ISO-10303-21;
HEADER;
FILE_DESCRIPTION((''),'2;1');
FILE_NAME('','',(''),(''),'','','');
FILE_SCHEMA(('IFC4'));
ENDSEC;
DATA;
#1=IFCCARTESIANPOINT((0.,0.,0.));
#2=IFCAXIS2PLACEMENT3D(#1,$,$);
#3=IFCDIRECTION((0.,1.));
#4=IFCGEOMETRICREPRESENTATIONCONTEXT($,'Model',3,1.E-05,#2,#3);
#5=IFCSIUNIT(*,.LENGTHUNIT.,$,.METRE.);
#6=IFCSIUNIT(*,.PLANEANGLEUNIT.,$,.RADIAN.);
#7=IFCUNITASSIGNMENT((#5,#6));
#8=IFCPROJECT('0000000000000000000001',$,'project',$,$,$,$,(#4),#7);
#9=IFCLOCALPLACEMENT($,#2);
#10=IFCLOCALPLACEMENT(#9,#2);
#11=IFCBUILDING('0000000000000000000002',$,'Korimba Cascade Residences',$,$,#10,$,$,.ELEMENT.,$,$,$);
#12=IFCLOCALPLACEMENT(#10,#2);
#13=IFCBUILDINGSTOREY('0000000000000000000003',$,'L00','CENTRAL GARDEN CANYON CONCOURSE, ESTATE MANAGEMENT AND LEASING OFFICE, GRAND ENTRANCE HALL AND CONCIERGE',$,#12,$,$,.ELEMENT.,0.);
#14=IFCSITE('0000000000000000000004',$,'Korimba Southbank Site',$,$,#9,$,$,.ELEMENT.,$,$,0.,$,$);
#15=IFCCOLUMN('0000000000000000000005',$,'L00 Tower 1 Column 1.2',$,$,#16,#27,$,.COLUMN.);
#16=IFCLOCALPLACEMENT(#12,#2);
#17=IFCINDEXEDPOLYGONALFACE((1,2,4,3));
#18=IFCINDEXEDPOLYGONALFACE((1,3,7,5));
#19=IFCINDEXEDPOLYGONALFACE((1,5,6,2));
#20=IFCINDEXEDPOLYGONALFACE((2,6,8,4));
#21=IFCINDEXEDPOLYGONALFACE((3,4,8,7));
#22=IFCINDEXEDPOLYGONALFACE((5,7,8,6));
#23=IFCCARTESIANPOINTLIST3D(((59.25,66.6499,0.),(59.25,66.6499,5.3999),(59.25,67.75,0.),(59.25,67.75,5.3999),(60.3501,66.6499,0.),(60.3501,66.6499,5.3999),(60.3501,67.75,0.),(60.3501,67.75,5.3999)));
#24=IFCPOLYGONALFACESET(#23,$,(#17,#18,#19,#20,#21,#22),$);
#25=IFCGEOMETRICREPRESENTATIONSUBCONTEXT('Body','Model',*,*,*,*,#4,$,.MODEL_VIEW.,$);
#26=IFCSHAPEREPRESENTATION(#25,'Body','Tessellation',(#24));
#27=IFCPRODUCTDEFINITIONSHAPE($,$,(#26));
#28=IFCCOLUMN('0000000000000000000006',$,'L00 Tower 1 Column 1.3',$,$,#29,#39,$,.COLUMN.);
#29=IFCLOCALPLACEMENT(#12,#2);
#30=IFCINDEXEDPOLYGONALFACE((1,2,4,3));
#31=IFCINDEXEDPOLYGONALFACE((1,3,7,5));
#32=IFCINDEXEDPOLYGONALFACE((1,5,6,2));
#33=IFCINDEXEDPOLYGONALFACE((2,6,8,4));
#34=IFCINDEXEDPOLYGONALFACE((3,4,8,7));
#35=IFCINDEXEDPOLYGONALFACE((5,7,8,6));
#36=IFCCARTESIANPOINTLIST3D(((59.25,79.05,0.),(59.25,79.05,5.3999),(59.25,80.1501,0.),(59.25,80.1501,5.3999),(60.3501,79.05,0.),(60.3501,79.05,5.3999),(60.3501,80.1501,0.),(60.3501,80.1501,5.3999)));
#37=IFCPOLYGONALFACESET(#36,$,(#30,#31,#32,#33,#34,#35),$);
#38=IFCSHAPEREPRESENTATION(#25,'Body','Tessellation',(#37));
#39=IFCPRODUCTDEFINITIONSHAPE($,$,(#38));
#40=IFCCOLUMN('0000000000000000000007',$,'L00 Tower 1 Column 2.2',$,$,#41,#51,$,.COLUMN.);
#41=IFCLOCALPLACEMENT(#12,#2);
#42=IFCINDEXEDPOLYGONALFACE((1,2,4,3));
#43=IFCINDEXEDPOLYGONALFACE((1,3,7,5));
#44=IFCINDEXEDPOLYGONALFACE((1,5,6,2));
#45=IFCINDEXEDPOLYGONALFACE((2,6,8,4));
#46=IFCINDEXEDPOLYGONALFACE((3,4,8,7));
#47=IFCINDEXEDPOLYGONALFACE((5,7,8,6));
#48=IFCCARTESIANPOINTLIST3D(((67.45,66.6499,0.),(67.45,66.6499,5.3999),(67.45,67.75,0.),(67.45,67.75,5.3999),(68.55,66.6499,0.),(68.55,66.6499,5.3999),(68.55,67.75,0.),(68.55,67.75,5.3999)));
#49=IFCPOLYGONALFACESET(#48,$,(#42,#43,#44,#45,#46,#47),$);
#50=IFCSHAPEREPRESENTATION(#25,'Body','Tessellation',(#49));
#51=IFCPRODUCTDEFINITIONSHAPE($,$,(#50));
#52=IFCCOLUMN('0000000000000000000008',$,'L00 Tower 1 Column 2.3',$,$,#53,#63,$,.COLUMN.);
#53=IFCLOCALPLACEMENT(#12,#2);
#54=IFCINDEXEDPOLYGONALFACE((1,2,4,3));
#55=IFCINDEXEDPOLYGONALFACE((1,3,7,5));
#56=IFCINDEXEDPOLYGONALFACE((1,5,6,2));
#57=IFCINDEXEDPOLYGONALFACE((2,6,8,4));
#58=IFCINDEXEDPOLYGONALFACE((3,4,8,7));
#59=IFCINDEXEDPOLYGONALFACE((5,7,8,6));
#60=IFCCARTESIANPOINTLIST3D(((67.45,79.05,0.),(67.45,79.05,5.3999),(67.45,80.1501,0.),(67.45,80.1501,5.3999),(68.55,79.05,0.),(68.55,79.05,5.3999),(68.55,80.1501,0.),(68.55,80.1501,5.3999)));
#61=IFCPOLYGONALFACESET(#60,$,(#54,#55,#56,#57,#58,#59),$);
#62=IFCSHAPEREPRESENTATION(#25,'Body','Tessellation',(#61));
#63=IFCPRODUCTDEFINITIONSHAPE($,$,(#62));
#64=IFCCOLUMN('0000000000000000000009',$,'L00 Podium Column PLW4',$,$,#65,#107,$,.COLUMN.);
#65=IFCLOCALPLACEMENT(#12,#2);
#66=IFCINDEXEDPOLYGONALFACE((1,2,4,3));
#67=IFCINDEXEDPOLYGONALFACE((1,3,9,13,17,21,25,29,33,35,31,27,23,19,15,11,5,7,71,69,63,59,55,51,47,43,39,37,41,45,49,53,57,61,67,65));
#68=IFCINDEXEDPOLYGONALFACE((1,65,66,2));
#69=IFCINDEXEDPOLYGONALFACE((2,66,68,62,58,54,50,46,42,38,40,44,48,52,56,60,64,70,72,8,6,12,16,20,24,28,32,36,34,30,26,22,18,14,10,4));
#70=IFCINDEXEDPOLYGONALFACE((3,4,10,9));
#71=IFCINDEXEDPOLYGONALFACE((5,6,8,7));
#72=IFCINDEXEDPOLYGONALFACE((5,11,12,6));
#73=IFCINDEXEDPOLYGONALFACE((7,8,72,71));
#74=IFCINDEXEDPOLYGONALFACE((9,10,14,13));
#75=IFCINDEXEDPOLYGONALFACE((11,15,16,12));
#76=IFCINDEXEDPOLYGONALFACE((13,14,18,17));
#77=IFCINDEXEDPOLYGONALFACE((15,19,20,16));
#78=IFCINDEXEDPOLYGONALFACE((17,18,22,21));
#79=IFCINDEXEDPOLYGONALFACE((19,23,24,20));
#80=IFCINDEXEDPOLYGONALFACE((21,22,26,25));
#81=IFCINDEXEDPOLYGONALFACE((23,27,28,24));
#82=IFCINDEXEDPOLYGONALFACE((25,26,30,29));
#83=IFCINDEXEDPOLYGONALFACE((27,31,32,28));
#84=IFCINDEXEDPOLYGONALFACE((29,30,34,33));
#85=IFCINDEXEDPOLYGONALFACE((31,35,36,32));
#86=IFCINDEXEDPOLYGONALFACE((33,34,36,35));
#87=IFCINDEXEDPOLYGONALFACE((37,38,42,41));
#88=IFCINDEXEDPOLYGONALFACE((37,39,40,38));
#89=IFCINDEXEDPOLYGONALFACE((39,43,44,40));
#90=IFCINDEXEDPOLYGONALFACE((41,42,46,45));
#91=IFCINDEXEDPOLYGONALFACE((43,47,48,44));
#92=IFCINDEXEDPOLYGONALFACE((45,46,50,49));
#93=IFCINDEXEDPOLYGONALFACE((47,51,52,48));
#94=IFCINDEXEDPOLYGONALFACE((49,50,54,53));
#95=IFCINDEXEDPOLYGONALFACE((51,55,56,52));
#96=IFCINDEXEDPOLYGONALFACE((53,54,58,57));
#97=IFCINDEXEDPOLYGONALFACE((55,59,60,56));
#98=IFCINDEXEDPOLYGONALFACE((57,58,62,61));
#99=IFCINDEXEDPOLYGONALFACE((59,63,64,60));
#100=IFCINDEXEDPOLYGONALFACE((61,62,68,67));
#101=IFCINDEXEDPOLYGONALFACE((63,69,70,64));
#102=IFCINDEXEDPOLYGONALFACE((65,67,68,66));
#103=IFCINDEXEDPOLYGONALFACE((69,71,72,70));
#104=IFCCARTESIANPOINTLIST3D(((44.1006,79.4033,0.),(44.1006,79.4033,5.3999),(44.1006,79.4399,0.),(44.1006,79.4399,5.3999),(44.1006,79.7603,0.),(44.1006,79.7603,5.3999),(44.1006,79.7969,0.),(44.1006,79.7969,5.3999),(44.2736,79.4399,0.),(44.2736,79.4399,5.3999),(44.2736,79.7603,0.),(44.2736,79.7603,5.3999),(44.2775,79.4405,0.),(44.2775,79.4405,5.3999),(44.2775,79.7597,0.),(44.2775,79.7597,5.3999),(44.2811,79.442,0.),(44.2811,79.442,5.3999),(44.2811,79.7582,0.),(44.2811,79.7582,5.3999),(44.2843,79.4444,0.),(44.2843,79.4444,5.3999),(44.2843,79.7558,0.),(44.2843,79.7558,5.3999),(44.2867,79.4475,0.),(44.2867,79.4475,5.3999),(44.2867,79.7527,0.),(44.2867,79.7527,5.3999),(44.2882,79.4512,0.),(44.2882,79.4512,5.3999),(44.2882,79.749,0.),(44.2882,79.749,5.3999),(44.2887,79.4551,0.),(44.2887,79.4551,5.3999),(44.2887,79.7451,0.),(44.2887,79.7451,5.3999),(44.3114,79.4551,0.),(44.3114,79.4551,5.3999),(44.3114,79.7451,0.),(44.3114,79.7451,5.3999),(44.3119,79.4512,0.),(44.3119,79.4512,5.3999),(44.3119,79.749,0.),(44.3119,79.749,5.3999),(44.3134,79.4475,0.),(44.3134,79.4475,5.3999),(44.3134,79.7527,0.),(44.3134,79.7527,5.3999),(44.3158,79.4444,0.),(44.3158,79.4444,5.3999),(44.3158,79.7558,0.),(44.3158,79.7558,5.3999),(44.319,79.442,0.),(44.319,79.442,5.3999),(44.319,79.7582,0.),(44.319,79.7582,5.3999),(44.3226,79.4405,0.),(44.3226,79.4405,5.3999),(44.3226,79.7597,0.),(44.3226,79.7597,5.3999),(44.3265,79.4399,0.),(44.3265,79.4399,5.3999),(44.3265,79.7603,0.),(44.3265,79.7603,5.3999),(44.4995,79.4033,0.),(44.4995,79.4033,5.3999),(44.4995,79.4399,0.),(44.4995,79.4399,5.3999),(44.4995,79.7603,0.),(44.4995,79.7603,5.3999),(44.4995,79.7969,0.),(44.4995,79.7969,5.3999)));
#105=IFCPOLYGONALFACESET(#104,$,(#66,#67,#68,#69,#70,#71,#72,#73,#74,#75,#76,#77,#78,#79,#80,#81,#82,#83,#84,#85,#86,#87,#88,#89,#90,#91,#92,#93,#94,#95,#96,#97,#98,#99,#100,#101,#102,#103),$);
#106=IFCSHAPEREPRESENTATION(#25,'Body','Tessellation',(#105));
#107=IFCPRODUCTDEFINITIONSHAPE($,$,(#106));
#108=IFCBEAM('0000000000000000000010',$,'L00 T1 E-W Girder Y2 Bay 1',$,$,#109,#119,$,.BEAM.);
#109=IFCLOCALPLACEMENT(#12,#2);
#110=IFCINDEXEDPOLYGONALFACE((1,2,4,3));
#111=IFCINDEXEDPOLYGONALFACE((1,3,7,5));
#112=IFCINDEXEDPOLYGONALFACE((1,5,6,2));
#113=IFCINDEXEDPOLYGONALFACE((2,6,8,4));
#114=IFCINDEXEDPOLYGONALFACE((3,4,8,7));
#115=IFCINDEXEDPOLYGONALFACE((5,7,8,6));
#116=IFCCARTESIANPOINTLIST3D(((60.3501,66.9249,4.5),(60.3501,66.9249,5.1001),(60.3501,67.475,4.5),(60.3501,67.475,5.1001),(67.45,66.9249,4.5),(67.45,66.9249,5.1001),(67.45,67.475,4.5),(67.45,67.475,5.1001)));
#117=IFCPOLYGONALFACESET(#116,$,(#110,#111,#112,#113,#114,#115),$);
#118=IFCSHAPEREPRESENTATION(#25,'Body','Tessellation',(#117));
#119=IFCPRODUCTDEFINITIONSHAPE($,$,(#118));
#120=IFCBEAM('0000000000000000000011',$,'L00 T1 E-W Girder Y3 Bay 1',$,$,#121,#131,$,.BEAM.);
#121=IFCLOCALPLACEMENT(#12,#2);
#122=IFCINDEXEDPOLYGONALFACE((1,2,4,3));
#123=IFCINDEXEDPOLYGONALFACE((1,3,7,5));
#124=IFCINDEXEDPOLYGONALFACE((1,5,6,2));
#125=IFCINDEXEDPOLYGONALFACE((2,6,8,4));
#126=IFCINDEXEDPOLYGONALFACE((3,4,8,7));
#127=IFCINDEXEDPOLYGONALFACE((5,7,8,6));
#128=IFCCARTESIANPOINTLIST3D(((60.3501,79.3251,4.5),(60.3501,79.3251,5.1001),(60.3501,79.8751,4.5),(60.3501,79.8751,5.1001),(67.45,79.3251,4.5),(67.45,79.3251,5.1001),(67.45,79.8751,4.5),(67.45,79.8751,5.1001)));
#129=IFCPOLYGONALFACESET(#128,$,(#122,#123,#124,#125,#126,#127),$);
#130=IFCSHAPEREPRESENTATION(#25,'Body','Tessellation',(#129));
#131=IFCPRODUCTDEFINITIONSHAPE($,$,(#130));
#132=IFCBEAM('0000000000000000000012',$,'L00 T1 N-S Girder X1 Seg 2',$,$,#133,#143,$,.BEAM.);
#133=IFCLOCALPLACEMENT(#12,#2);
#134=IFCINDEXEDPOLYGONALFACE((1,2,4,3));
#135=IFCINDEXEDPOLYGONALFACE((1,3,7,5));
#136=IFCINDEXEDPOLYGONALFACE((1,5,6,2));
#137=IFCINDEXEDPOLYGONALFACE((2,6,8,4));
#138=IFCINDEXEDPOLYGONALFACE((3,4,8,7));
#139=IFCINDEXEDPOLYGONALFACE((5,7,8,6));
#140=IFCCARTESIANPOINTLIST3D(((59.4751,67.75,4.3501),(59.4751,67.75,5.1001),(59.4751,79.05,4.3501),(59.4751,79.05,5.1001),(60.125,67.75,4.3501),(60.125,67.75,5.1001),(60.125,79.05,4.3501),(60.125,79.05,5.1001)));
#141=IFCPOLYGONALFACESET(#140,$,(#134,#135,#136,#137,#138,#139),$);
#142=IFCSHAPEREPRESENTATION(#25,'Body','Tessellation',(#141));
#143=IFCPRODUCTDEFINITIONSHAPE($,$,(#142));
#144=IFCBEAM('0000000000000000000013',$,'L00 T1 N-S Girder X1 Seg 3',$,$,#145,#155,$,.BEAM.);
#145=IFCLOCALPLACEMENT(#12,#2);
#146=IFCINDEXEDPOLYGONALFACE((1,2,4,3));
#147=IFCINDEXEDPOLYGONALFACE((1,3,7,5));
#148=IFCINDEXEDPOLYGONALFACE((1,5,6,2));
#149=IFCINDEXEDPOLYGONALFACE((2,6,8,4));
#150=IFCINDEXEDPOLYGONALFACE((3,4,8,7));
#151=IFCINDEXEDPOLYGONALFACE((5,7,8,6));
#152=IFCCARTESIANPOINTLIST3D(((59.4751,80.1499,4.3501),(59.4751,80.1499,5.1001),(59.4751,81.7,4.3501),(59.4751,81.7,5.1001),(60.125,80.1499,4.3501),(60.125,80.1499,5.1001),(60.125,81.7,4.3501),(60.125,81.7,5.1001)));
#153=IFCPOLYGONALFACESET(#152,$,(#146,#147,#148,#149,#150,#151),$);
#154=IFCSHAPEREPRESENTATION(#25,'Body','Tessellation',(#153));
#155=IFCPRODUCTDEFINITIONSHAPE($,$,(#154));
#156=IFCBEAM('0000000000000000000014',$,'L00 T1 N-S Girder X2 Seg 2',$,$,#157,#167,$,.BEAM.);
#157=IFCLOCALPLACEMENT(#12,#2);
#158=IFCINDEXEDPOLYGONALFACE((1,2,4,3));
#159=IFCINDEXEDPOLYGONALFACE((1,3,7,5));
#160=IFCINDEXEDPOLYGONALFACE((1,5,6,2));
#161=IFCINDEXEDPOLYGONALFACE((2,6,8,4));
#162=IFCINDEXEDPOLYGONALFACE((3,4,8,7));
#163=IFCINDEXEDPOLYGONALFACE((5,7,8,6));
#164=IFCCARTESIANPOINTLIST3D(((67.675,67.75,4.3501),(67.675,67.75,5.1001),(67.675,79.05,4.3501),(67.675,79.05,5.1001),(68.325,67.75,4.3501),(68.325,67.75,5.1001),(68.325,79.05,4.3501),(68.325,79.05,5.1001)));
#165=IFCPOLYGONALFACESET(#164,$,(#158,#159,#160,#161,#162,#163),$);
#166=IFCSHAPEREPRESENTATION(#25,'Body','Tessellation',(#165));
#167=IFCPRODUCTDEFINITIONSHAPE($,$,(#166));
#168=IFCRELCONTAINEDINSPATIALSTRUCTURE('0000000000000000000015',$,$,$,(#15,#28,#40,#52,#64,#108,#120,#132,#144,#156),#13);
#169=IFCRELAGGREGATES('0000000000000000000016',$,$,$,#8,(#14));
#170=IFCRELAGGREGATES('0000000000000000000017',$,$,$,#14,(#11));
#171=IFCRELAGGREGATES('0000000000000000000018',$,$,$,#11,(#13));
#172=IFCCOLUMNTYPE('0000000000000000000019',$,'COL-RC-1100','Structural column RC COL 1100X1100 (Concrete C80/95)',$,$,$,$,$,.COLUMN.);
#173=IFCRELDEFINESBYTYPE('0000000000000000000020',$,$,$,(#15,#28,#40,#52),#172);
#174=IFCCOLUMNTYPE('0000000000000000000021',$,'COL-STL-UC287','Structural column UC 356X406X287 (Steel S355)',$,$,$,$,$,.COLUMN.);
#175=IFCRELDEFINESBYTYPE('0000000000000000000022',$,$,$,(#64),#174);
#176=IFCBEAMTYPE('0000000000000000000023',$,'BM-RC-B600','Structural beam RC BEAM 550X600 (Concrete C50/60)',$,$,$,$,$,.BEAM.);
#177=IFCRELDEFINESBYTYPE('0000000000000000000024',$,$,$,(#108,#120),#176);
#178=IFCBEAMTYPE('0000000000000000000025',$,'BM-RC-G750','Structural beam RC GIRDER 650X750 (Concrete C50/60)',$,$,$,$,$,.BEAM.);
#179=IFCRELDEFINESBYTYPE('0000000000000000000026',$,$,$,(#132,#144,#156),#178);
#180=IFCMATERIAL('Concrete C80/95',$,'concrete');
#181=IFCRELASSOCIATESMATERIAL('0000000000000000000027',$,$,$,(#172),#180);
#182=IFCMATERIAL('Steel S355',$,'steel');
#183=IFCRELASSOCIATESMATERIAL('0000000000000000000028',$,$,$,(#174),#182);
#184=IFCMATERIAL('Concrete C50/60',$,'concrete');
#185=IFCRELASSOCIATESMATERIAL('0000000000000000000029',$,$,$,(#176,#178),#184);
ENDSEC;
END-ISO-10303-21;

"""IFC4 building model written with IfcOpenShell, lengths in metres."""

from ifc_helpers import new_model, si_unit, direction, frame, origin, origin_2d, place, context, subcontext, project, spatial, rectangle, i_section, extrude, material, material_profile, profile_set, type_object, element, save


model = new_model("IFC4")

# Units and contexts
model_context = context("Model", 3, precision=1e-05, world=origin(), true_north=direction((0.0, 1.0)))
body_context = subcontext(model_context, "Body", "Model", "MODEL_VIEW")
ifc_project = project(units=[si_unit("LENGTHUNIT", "METRE"), si_unit("PLANEANGLEUNIT", "RADIAN")], contexts=[model_context])

# Site, building, storey
site_placement = place(None, origin())
site = spatial("IfcSite", under=ifc_project, at=site_placement, Name="Korimba Southbank Site", CompositionType="ELEMENT", RefElevation=0.0)
building_placement = place(site_placement, origin())
building = spatial("IfcBuilding", under=site, at=building_placement, Name="Korimba Cascade Residences", CompositionType="ELEMENT")
storey_placement = place(building_placement, origin())
storey = spatial("IfcBuildingStorey", under=building, at=storey_placement, Name="L00", Description="CENTRAL GARDEN CANYON CONCOURSE, ESTATE MANAGEMENT AND LEASING OFFICE, GRAND ENTRANCE HALL AND CONCIERGE", CompositionType="ELEMENT", Elevation=0.0)

# Columns
ifc_material_1 = material(Name="Concrete C80/95", Category="concrete")
ifc_material_profile_1 = material_profile(ifc_material_1, rectangle(XDim=1.1001, YDim=1.1001, at=origin_2d()), Name="Concrete C80/95")
ifc_profile_set_1 = profile_set([ifc_material_profile_1], Name="Concrete C80/95")
column_type_1 = type_object("IfcColumnType", Name="COL-RC-1100", Description="Structural column RC COL 1100X1100 (Concrete C80/95)", PredefinedType="COLUMN", material=ifc_profile_set_1)
for number, where, z_axis, x_axis, name in (
    (1, (59.8, 67.2, 0.0), (0.0, 0.0, 1.0), (1.0, 0.0, 0.0), "L00 Tower 1 Column 1.2"),
    (2, (59.8, 79.6001, 0.0), (0.0, 0.0, 1.0), (1.0, 0.0, 0.0), "L00 Tower 1 Column 1.3"),
    (3, (68.0, 67.2, 0.0), (0.0, 0.0, 1.0), (1.0, 0.0, 0.0), "L00 Tower 1 Column 2.2"),
    (4, (68.0, 79.6001, 0.0), (0.0, 0.0, 1.0), (1.0, 0.0, 0.0), "L00 Tower 1 Column 2.3"),
):
    element("IfcColumn", number, at=place(storey_placement, frame(where, z_axis=z_axis, x_axis=x_axis)), inside=storey, type_object=column_type_1, Name=name, PredefinedType="COLUMN", context=body_context, shape_type="SweptSolid", body=[
        extrude(rectangle(XDim=1.1001, YDim=1.1001, at=origin_2d()), origin(), (0.0, 0.0, 1.0), 5.3999),
    ])
ifc_material_2 = material(Name="Steel S355", Category="steel")
ifc_material_profile_2 = material_profile(ifc_material_2, i_section(OverallWidth=0.3989, OverallDepth=0.3936, WebThickness=0.0227, FlangeThickness=0.0366, FilletRadius=0.0151, at=origin_2d()), Name="Steel S355")
ifc_profile_set_2 = profile_set([ifc_material_profile_2], Name="Steel S355")
column_type_2 = type_object("IfcColumnType", Name="COL-STL-UC287", Description="Structural column UC 356X406X287 (Steel S355)", PredefinedType="COLUMN", material=ifc_profile_set_2)
column_placement = place(storey_placement, frame((44.3, 79.6001, 0.0), z_axis=(0.0, 0.0, 1.0), x_axis=(1.0, 0.0, 0.0)))
element("IfcColumn", 5, at=column_placement, inside=storey, type_object=column_type_2, Name="L00 Podium Column PLW4", PredefinedType="COLUMN", context=body_context, shape_type="SweptSolid", body=[
    extrude(i_section(OverallWidth=0.3989, OverallDepth=0.3936, WebThickness=0.0227, FlangeThickness=0.0366, FilletRadius=0.0151, at=origin_2d()), origin(), (0.0, 0.0, 1.0), 5.3999),
])

# Beams
ifc_material_3 = material(Name="Concrete C50/60", Category="concrete")
ifc_material_profile_3 = material_profile(ifc_material_3, rectangle(XDim=0.55, YDim=0.6001, at=origin_2d()), Name="Concrete C50/60")
ifc_profile_set_3 = profile_set([ifc_material_profile_3], Name="Concrete C50/60")
beam_type_1 = type_object("IfcBeamType", Name="BM-RC-B600", Description="Structural beam RC BEAM 550X600 (Concrete C50/60)", PredefinedType="BEAM", material=ifc_profile_set_3)
for number, where, z_axis, x_axis, name in (
    (6, (60.3501, 67.2, 4.8), (1.0, 0.0, 0.0), (0.0, 1.0, 0.0), "L00 T1 E-W Girder Y2 Bay 1"),
    (7, (60.3501, 79.6001, 4.8), (1.0, 0.0, 0.0), (0.0, 1.0, 0.0), "L00 T1 E-W Girder Y3 Bay 1"),
):
    element("IfcBeam", number, at=place(storey_placement, frame(where, z_axis=z_axis, x_axis=x_axis)), inside=storey, type_object=beam_type_1, Name=name, PredefinedType="BEAM", context=body_context, shape_type="SweptSolid", body=[
        extrude(rectangle(XDim=0.55, YDim=0.6001, at=origin_2d()), origin(), (0.0, 0.0, 1.0), 7.0999),
    ])
ifc_material_profile_4 = material_profile(ifc_material_3, rectangle(XDim=0.6499, YDim=0.75, at=origin_2d()), Name="Concrete C50/60")
ifc_profile_set_4 = profile_set([ifc_material_profile_4], Name="Concrete C50/60")
beam_type_2 = type_object("IfcBeamType", Name="BM-RC-G750", Description="Structural beam RC GIRDER 650X750 (Concrete C50/60)", PredefinedType="BEAM", material=ifc_profile_set_4)
beam_1_placement = place(storey_placement, frame((59.8, 67.75, 4.7251), z_axis=(0.0, 1.0, 0.0), x_axis=(-1.0, 0.0, 0.0)))
element("IfcBeam", 8, at=beam_1_placement, inside=storey, type_object=beam_type_2, Name="L00 T1 N-S Girder X1 Seg 2", PredefinedType="BEAM", context=body_context, shape_type="SweptSolid", body=[
    extrude(rectangle(XDim=0.6499, YDim=0.75, at=origin_2d()), origin(), (0.0, 0.0, 1.0), 11.3),
])
beam_2_placement = place(storey_placement, frame((59.8, 80.1499, 4.7251), z_axis=(0.0, 1.0, 0.0), x_axis=(-1.0, 0.0, 0.0)))
element("IfcBeam", 9, at=beam_2_placement, inside=storey, type_object=beam_type_2, Name="L00 T1 N-S Girder X1 Seg 3", PredefinedType="BEAM", context=body_context, shape_type="SweptSolid", body=[
    extrude(rectangle(XDim=0.6499, YDim=0.75, at=origin_2d()), origin(), (0.0, 0.0, 1.0), 1.55),
])
beam_3_placement = place(storey_placement, frame((68.0, 67.75, 4.7251), z_axis=(0.0, 1.0, 0.0), x_axis=(-1.0, 0.0, 0.0)))
element("IfcBeam", 10, at=beam_3_placement, inside=storey, type_object=beam_type_2, Name="L00 T1 N-S Girder X2 Seg 2", PredefinedType="BEAM", context=body_context, shape_type="SweptSolid", body=[
    extrude(rectangle(XDim=0.6499, YDim=0.75, at=origin_2d()), origin(), (0.0, 0.0, 1.0), 11.3),
])

save(model, "model.ifc")
